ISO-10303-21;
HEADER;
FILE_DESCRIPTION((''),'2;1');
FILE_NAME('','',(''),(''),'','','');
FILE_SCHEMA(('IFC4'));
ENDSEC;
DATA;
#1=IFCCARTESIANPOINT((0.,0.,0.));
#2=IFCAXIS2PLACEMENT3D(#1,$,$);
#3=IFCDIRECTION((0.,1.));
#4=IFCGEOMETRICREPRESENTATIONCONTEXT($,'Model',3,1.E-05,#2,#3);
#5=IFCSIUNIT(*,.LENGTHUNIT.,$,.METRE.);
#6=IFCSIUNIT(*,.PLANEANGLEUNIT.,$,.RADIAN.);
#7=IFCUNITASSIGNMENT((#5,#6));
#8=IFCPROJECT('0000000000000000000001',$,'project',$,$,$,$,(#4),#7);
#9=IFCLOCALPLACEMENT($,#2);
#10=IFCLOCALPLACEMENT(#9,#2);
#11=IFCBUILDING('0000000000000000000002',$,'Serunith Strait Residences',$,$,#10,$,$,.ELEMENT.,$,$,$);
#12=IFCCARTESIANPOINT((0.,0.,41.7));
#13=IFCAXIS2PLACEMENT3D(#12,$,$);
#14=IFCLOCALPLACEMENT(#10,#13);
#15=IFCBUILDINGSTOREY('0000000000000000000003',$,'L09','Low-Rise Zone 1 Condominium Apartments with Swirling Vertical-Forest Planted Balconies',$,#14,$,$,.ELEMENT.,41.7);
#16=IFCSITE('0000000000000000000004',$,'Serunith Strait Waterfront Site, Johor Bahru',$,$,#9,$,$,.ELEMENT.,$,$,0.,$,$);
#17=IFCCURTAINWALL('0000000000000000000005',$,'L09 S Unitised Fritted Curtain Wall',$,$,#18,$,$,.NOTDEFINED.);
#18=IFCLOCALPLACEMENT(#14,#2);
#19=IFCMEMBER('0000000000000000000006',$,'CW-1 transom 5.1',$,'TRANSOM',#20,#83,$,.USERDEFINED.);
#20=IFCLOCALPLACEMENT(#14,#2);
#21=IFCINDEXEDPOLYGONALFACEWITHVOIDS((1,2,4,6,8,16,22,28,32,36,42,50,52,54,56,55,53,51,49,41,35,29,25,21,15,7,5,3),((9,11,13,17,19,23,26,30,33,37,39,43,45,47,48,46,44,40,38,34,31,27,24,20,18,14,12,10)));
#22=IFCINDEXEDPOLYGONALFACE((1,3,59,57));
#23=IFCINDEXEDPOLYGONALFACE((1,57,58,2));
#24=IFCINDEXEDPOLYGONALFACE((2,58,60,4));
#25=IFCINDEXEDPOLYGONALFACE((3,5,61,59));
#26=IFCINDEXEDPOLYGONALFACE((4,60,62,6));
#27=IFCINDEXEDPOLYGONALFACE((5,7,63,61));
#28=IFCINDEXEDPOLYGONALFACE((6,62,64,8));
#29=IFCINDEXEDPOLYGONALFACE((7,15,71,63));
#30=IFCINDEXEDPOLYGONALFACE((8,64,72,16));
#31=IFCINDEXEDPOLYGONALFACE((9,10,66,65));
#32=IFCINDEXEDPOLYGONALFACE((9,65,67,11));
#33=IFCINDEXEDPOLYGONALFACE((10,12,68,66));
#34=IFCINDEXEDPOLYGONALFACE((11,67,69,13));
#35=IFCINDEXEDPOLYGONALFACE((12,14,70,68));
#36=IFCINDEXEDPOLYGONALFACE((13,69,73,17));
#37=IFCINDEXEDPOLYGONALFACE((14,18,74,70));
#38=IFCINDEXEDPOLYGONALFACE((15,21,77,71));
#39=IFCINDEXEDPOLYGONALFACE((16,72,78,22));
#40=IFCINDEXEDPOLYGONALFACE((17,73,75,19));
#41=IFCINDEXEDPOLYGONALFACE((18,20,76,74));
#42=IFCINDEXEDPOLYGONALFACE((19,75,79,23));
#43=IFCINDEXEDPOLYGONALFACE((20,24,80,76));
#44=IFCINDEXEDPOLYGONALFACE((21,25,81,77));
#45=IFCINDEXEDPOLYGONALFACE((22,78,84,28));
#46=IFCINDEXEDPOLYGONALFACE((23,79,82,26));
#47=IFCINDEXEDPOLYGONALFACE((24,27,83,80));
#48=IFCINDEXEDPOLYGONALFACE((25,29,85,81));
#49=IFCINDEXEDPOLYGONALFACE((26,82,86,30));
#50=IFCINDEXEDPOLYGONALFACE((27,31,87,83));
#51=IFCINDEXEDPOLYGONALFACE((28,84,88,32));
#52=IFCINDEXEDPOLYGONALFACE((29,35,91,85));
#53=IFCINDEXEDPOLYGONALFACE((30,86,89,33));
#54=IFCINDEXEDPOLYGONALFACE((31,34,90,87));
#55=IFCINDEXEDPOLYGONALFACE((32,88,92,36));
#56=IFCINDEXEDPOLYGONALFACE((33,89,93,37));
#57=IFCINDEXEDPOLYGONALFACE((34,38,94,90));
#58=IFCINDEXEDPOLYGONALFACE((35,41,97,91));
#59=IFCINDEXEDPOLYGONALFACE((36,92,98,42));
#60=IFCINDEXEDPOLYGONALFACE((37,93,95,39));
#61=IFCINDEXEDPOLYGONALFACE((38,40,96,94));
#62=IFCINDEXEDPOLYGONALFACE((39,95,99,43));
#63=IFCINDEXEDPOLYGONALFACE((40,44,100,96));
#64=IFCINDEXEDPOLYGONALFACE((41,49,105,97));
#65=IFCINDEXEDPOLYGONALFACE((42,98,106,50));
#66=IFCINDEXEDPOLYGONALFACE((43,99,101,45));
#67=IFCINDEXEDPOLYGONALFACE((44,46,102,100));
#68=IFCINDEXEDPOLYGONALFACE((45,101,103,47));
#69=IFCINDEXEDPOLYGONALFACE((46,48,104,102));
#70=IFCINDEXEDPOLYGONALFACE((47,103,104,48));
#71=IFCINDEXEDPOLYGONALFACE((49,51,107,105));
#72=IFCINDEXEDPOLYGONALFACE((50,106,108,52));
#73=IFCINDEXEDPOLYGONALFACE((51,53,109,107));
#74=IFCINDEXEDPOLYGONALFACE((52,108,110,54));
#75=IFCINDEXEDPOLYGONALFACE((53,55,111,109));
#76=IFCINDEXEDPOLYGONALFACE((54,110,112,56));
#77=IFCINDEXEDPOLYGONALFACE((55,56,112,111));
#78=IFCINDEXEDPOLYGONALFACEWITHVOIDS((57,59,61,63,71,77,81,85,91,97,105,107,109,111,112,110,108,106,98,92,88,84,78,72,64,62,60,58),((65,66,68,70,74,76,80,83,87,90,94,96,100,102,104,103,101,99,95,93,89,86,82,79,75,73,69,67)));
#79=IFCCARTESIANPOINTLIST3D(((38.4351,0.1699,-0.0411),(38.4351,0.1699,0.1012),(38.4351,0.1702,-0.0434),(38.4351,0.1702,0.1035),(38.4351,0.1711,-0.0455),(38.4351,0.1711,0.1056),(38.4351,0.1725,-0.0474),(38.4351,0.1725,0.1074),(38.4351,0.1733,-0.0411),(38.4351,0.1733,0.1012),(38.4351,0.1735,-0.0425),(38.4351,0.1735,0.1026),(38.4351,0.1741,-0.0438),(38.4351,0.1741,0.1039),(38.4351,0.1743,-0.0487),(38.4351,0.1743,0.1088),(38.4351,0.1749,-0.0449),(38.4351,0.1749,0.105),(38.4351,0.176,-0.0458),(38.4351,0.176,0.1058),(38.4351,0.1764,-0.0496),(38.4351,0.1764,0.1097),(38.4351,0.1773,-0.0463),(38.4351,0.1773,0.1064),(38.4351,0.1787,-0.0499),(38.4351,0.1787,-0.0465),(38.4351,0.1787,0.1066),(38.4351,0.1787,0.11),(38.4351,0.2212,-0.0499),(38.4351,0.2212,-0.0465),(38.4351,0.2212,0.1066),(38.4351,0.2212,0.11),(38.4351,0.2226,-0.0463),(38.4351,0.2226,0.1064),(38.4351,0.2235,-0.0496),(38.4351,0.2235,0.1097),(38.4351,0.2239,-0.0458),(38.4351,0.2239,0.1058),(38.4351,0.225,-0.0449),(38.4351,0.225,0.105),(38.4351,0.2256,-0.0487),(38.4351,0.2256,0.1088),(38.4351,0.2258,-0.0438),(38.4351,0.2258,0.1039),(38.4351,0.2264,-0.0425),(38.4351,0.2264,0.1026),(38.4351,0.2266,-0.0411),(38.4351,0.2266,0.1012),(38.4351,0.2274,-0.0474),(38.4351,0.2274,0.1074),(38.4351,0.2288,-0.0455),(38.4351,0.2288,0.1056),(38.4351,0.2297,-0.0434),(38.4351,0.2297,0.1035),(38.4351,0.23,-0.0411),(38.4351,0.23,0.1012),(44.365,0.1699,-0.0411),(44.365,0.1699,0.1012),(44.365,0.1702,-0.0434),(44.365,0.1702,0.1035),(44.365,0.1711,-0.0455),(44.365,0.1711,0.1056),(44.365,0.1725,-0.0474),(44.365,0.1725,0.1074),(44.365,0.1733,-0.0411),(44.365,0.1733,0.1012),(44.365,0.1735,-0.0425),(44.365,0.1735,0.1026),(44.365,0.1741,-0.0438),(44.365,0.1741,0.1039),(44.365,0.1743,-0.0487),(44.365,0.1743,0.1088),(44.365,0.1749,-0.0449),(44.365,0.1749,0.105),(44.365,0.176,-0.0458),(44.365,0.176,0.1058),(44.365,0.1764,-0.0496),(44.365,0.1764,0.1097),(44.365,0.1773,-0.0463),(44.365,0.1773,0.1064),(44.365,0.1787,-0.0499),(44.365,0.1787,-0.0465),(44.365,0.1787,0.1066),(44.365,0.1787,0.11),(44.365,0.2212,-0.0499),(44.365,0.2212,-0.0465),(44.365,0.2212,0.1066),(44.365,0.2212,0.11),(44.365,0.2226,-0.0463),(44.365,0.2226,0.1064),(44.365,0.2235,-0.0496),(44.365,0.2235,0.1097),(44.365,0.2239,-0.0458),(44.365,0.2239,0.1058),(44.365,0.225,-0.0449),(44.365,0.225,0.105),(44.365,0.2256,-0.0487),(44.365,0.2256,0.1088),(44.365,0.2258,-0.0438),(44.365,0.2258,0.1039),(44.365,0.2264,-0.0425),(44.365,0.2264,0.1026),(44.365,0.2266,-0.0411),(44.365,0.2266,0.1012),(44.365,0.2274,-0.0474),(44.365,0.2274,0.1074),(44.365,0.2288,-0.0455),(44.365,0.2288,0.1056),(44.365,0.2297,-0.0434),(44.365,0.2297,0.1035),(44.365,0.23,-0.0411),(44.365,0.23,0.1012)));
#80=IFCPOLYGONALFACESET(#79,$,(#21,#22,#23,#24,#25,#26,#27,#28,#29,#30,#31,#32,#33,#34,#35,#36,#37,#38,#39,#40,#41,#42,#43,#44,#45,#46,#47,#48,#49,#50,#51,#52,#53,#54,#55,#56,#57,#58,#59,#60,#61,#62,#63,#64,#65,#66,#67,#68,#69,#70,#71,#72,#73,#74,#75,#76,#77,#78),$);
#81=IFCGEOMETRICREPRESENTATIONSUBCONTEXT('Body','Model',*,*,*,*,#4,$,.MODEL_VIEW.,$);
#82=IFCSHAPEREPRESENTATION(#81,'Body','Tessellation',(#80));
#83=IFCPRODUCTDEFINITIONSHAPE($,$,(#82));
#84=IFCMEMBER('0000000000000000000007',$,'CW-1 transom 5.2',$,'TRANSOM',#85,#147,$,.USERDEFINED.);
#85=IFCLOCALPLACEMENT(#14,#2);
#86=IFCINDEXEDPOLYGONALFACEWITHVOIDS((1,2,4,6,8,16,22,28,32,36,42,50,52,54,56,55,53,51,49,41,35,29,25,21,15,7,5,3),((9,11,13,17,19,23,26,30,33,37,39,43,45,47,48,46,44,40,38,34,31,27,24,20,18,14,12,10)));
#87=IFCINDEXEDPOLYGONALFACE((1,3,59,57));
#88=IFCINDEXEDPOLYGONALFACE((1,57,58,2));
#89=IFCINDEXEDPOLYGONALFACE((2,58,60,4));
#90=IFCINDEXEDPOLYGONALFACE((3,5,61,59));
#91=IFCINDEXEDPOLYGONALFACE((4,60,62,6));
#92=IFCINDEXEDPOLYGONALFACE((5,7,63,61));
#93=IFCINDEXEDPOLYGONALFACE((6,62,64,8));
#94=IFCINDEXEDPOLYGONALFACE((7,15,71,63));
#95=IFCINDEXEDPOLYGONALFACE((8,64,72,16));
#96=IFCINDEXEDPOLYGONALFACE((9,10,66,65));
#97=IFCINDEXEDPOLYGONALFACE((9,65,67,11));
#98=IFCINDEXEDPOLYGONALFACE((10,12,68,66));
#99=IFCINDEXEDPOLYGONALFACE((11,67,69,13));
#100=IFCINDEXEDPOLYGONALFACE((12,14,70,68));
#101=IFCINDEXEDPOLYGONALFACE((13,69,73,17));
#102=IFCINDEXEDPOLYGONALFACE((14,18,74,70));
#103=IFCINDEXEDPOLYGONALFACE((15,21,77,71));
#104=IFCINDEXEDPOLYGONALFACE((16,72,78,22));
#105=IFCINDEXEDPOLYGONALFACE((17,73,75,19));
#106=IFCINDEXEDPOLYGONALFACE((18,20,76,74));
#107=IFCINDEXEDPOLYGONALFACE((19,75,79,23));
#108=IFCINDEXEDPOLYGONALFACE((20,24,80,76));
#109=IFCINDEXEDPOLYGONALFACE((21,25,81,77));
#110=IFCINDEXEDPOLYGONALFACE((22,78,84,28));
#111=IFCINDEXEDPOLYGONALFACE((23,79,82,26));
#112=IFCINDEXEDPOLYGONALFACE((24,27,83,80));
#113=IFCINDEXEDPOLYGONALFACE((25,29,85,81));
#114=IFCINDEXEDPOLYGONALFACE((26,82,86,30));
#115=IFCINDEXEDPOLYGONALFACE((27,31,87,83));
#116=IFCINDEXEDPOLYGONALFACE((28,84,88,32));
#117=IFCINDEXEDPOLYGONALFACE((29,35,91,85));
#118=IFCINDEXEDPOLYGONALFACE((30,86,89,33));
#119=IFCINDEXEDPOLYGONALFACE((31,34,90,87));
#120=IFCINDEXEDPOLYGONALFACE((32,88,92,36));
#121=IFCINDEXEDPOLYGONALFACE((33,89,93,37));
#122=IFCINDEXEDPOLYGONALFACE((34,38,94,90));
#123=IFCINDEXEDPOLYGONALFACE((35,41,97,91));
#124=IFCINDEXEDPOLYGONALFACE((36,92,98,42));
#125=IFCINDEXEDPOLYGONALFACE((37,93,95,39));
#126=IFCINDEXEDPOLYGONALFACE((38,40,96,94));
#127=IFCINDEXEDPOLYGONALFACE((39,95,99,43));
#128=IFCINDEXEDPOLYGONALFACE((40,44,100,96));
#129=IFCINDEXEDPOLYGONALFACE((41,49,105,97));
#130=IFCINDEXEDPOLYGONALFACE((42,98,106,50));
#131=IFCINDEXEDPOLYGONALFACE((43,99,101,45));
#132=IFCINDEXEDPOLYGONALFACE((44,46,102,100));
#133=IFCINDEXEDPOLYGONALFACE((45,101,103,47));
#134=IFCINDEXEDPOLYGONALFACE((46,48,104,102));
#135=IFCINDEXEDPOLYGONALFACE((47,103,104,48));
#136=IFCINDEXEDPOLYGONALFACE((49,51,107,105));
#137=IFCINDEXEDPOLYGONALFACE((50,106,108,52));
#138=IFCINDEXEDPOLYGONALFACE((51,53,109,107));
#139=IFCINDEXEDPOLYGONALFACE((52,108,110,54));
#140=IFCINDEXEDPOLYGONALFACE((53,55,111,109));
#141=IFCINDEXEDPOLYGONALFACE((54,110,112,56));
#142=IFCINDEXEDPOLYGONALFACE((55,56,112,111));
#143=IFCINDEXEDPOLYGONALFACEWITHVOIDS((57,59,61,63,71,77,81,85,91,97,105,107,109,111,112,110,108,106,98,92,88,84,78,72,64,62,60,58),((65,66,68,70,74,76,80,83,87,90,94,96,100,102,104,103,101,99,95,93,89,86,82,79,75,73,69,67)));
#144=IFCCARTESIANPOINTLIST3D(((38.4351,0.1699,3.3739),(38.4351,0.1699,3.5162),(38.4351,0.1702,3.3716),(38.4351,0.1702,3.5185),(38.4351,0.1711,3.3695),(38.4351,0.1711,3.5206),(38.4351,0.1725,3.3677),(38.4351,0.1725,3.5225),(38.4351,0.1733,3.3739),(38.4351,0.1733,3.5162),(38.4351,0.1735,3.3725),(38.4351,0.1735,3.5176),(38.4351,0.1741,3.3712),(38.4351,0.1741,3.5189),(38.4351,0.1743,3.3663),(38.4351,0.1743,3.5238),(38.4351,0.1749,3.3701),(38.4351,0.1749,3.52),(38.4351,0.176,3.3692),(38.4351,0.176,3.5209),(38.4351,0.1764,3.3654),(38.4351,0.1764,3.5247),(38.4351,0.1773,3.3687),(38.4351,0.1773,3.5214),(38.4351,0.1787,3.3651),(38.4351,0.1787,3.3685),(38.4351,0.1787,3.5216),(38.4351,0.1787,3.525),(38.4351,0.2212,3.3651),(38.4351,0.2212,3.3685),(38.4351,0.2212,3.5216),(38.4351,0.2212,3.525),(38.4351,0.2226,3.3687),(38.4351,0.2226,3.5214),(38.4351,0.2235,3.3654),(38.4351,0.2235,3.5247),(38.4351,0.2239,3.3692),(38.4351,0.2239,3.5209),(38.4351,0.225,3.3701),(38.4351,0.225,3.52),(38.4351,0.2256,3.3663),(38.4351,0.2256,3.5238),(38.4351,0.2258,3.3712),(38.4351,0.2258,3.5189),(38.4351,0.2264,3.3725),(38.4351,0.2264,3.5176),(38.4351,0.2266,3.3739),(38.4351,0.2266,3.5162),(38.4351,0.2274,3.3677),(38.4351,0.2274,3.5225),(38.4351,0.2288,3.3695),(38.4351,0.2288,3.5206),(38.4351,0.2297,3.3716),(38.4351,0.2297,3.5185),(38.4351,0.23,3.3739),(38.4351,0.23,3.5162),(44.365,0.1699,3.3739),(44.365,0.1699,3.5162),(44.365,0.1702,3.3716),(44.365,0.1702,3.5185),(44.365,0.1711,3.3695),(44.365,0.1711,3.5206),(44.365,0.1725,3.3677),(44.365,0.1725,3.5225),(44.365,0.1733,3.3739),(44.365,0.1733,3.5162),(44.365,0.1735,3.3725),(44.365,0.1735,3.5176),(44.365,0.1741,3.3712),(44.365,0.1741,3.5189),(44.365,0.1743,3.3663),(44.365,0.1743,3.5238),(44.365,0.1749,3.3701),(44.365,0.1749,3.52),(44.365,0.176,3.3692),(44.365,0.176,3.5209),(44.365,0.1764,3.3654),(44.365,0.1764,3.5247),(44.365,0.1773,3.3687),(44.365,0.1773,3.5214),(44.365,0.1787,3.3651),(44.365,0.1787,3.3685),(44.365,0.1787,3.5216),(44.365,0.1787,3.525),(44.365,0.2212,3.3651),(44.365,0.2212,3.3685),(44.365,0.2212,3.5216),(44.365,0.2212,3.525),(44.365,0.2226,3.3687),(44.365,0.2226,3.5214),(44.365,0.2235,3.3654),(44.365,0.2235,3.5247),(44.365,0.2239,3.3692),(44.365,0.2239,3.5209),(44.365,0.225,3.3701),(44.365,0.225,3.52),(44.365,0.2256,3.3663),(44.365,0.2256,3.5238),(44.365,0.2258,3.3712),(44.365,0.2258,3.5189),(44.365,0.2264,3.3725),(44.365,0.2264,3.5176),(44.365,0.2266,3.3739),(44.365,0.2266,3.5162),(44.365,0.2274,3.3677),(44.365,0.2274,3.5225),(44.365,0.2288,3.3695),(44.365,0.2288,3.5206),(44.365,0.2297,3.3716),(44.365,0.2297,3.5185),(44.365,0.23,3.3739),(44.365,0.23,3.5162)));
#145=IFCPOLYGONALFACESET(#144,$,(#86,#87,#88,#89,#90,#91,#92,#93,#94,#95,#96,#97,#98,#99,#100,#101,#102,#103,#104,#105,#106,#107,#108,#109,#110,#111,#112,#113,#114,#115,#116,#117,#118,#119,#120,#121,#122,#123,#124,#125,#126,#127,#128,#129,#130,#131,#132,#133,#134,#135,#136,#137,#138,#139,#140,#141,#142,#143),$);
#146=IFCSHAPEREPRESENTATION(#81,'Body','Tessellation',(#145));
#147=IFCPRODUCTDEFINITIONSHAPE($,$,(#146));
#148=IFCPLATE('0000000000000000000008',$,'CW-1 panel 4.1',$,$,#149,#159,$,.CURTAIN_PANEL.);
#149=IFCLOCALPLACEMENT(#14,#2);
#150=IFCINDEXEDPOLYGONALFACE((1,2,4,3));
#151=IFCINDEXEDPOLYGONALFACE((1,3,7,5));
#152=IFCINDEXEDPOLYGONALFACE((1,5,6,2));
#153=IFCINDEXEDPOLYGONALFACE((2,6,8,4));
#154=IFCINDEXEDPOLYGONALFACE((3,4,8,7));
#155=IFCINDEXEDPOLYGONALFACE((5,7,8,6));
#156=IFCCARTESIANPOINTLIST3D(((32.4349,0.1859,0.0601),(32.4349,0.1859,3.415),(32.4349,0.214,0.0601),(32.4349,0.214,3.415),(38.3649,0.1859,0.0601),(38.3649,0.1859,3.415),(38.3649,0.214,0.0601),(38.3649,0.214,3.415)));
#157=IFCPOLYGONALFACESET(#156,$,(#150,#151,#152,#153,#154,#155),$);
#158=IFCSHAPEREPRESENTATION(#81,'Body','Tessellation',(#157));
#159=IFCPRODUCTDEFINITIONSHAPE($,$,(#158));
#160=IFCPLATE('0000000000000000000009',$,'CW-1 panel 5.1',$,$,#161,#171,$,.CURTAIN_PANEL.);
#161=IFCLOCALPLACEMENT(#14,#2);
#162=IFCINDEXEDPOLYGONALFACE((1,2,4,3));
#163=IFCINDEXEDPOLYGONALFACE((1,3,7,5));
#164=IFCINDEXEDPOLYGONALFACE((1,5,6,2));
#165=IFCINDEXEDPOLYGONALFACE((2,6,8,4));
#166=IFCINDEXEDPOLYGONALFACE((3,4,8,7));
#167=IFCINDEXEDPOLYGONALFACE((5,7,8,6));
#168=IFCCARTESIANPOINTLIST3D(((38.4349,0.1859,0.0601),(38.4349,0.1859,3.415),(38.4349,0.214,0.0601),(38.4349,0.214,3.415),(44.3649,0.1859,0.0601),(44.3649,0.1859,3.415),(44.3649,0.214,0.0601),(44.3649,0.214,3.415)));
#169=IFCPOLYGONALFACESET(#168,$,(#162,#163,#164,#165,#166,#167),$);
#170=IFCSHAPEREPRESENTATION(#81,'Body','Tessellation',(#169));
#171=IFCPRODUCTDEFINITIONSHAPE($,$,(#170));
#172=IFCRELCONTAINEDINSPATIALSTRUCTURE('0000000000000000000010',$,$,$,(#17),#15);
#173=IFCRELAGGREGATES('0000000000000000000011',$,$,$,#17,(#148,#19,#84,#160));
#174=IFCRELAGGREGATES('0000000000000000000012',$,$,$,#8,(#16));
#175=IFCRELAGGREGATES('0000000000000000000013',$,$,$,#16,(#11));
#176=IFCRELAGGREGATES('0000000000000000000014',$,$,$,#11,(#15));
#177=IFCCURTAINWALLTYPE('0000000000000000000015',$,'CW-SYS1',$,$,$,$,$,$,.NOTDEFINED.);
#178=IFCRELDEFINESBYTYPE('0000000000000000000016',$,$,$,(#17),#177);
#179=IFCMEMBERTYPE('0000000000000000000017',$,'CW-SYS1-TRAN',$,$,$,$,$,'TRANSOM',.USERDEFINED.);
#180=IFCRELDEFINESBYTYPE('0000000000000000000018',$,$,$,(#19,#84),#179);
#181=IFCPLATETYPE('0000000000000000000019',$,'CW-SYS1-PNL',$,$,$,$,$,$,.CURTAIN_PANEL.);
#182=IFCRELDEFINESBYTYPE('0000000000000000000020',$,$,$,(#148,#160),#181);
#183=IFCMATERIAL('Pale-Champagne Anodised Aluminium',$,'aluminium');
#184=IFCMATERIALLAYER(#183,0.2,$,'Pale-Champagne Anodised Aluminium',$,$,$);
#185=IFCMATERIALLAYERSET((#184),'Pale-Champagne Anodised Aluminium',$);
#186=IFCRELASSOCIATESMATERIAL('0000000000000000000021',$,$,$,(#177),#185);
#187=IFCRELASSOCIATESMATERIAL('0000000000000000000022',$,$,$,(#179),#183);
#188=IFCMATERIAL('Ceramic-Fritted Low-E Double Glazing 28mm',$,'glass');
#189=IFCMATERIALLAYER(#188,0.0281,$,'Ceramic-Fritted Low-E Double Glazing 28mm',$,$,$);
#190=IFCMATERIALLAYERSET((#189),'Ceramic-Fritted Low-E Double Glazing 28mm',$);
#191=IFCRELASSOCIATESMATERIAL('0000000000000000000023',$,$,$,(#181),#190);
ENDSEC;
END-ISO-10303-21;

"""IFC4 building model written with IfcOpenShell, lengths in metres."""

from ifc_helpers import new_model, si_unit, direction, frame, origin, origin_2d, place, context, subcontext, project, spatial, rectangle, hollow_rectangle, extrude, source, transform, mapped, material, layer, layer_set, material_profile, profile_set, type_object, element, aggregate, save


model = new_model("IFC4")

# Units and contexts
model_context = context("Model", 3, precision=1e-05, world=origin(), true_north=direction((0.0, 1.0)))
body_context = subcontext(model_context, "Body", "Model", "MODEL_VIEW")
ifc_project = project(units=[si_unit("LENGTHUNIT", "METRE"), si_unit("PLANEANGLEUNIT", "RADIAN")], contexts=[model_context])

# Site, building, storey
site_placement = place(None, origin())
site = spatial("IfcSite", under=ifc_project, at=site_placement, Name="Serunith Strait Waterfront Site, Johor Bahru", CompositionType="ELEMENT", RefElevation=0.0)
building_placement = place(site_placement, origin())
building = spatial("IfcBuilding", under=site, at=building_placement, Name="Serunith Strait Residences", CompositionType="ELEMENT")
storey_placement = place(building_placement, frame((0.0, 0.0, 41.7)))
storey = spatial("IfcBuildingStorey", under=building, at=storey_placement, Name="L09", Description="Low-Rise Zone 1 Condominium Apartments with Swirling Vertical-Forest Planted Balconies", CompositionType="ELEMENT", Elevation=41.7)

# Curtain wall, members, plates
ifc_material_1 = material(Name="Pale-Champagne Anodised Aluminium", Category="aluminium")
ifc_layer_1 = layer(ifc_material_1, 0.2, Name="Pale-Champagne Anodised Aluminium")
ifc_layer_set_1 = layer_set([ifc_layer_1], Name="Pale-Champagne Anodised Aluminium")
curtain_wall_type = type_object("IfcCurtainWallType", Name="CW-SYS1", PredefinedType="NOTDEFINED", material=ifc_layer_set_1)
curtain_wall_placement = place(storey_placement, origin())
curtain_wall = element("IfcCurtainWall", 1, at=curtain_wall_placement, inside=storey, type_object=curtain_wall_type, Name="L09 S Unitised Fritted Curtain Wall", PredefinedType="NOTDEFINED")
ifc_material_profile_1 = material_profile(ifc_material_1, hollow_rectangle(XDim=0.0601, YDim=0.1599, WallThickness=0.0034, InnerFilletRadius=0.0054, OuterFilletRadius=0.0088, at=origin_2d()), Name="ALU 160x60x3.5")
ifc_profile_set_1 = profile_set([ifc_material_profile_1], Name="Pale-Champagne Anodised Aluminium")
member_type_1 = type_object("IfcMemberType", Name="CW-SYS1-TRAN", ElementType="TRANSOM", PredefinedType="USERDEFINED", material=ifc_profile_set_1)
shared_shape_1 = source(origin(), body_context, "Body", "SweptSolid", [
    extrude(hollow_rectangle(XDim=0.0601, YDim=0.1599, WallThickness=0.0034, InnerFilletRadius=0.0054, OuterFilletRadius=0.0088, at=origin_2d()), origin(), (0.0, 0.0, 1.0), 5.9299),
])
member_1_placement = place(storey_placement, frame((38.4351, 0.2, 0.03), z_axis=(1.0, 0.0, 0.0), x_axis=(0.0, 1.0, 0.0)))
member_1 = element("IfcMember", 2, at=member_1_placement, type_object=member_type_1, Name="CW-1 transom 5.1", ObjectType="TRANSOM", PredefinedType="USERDEFINED", context=body_context, shape_type="MappedRepresentation", body=[
    mapped(shared_shape_1, transform((0.0, 0.0, 0.0), scale=1.0)),
])
member_2_placement = place(storey_placement, frame((38.4351, 0.2, 3.4451), z_axis=(1.0, 0.0, 0.0), x_axis=(0.0, 1.0, 0.0)))
member_2 = element("IfcMember", 3, at=member_2_placement, type_object=member_type_1, Name="CW-1 transom 5.2", ObjectType="TRANSOM", PredefinedType="USERDEFINED", context=body_context, shape_type="MappedRepresentation", body=[
    mapped(shared_shape_1, transform((0.0, 0.0, 0.0), scale=1.0)),
])
ifc_material_2 = material(Name="Ceramic-Fritted Low-E Double Glazing 28mm", Category="glass")
ifc_layer_2 = layer(ifc_material_2, 0.0281, Name="Ceramic-Fritted Low-E Double Glazing 28mm")
ifc_layer_set_2 = layer_set([ifc_layer_2], Name="Ceramic-Fritted Low-E Double Glazing 28mm")
plate_type = type_object("IfcPlateType", Name="CW-SYS1-PNL", PredefinedType="CURTAIN_PANEL", material=ifc_layer_set_2)
shared_shape_2 = source(origin(), body_context, "Body", "SweptSolid", [
    extrude(rectangle(XDim=5.9299, YDim=0.0281, at=origin_2d()), origin(), (0.0, 0.0, 1.0), 3.355),
])
plate_1_placement = place(storey_placement, frame((35.3999, 0.2, 0.0601), z_axis=(0.0, 0.0, 1.0), x_axis=(1.0, 0.0, 0.0)))
plate_1 = element("IfcPlate", 4, at=plate_1_placement, type_object=plate_type, Name="CW-1 panel 4.1", PredefinedType="CURTAIN_PANEL", context=body_context, shape_type="MappedRepresentation", body=[
    mapped(shared_shape_2, transform((0.0, 0.0, 0.0), scale=1.0)),
])
plate_2_placement = place(storey_placement, frame((41.3999, 0.2, 0.0601), z_axis=(0.0, 0.0, 1.0), x_axis=(1.0, 0.0, 0.0)))
plate_2 = element("IfcPlate", 5, at=plate_2_placement, type_object=plate_type, Name="CW-1 panel 5.1", PredefinedType="CURTAIN_PANEL", context=body_context, shape_type="MappedRepresentation", body=[
    mapped(shared_shape_2, transform((0.0, 0.0, 0.0), scale=1.0)),
])
aggregate(curtain_wall, [plate_1, member_1, member_2, plate_2])

save(model, "model.ifc")
